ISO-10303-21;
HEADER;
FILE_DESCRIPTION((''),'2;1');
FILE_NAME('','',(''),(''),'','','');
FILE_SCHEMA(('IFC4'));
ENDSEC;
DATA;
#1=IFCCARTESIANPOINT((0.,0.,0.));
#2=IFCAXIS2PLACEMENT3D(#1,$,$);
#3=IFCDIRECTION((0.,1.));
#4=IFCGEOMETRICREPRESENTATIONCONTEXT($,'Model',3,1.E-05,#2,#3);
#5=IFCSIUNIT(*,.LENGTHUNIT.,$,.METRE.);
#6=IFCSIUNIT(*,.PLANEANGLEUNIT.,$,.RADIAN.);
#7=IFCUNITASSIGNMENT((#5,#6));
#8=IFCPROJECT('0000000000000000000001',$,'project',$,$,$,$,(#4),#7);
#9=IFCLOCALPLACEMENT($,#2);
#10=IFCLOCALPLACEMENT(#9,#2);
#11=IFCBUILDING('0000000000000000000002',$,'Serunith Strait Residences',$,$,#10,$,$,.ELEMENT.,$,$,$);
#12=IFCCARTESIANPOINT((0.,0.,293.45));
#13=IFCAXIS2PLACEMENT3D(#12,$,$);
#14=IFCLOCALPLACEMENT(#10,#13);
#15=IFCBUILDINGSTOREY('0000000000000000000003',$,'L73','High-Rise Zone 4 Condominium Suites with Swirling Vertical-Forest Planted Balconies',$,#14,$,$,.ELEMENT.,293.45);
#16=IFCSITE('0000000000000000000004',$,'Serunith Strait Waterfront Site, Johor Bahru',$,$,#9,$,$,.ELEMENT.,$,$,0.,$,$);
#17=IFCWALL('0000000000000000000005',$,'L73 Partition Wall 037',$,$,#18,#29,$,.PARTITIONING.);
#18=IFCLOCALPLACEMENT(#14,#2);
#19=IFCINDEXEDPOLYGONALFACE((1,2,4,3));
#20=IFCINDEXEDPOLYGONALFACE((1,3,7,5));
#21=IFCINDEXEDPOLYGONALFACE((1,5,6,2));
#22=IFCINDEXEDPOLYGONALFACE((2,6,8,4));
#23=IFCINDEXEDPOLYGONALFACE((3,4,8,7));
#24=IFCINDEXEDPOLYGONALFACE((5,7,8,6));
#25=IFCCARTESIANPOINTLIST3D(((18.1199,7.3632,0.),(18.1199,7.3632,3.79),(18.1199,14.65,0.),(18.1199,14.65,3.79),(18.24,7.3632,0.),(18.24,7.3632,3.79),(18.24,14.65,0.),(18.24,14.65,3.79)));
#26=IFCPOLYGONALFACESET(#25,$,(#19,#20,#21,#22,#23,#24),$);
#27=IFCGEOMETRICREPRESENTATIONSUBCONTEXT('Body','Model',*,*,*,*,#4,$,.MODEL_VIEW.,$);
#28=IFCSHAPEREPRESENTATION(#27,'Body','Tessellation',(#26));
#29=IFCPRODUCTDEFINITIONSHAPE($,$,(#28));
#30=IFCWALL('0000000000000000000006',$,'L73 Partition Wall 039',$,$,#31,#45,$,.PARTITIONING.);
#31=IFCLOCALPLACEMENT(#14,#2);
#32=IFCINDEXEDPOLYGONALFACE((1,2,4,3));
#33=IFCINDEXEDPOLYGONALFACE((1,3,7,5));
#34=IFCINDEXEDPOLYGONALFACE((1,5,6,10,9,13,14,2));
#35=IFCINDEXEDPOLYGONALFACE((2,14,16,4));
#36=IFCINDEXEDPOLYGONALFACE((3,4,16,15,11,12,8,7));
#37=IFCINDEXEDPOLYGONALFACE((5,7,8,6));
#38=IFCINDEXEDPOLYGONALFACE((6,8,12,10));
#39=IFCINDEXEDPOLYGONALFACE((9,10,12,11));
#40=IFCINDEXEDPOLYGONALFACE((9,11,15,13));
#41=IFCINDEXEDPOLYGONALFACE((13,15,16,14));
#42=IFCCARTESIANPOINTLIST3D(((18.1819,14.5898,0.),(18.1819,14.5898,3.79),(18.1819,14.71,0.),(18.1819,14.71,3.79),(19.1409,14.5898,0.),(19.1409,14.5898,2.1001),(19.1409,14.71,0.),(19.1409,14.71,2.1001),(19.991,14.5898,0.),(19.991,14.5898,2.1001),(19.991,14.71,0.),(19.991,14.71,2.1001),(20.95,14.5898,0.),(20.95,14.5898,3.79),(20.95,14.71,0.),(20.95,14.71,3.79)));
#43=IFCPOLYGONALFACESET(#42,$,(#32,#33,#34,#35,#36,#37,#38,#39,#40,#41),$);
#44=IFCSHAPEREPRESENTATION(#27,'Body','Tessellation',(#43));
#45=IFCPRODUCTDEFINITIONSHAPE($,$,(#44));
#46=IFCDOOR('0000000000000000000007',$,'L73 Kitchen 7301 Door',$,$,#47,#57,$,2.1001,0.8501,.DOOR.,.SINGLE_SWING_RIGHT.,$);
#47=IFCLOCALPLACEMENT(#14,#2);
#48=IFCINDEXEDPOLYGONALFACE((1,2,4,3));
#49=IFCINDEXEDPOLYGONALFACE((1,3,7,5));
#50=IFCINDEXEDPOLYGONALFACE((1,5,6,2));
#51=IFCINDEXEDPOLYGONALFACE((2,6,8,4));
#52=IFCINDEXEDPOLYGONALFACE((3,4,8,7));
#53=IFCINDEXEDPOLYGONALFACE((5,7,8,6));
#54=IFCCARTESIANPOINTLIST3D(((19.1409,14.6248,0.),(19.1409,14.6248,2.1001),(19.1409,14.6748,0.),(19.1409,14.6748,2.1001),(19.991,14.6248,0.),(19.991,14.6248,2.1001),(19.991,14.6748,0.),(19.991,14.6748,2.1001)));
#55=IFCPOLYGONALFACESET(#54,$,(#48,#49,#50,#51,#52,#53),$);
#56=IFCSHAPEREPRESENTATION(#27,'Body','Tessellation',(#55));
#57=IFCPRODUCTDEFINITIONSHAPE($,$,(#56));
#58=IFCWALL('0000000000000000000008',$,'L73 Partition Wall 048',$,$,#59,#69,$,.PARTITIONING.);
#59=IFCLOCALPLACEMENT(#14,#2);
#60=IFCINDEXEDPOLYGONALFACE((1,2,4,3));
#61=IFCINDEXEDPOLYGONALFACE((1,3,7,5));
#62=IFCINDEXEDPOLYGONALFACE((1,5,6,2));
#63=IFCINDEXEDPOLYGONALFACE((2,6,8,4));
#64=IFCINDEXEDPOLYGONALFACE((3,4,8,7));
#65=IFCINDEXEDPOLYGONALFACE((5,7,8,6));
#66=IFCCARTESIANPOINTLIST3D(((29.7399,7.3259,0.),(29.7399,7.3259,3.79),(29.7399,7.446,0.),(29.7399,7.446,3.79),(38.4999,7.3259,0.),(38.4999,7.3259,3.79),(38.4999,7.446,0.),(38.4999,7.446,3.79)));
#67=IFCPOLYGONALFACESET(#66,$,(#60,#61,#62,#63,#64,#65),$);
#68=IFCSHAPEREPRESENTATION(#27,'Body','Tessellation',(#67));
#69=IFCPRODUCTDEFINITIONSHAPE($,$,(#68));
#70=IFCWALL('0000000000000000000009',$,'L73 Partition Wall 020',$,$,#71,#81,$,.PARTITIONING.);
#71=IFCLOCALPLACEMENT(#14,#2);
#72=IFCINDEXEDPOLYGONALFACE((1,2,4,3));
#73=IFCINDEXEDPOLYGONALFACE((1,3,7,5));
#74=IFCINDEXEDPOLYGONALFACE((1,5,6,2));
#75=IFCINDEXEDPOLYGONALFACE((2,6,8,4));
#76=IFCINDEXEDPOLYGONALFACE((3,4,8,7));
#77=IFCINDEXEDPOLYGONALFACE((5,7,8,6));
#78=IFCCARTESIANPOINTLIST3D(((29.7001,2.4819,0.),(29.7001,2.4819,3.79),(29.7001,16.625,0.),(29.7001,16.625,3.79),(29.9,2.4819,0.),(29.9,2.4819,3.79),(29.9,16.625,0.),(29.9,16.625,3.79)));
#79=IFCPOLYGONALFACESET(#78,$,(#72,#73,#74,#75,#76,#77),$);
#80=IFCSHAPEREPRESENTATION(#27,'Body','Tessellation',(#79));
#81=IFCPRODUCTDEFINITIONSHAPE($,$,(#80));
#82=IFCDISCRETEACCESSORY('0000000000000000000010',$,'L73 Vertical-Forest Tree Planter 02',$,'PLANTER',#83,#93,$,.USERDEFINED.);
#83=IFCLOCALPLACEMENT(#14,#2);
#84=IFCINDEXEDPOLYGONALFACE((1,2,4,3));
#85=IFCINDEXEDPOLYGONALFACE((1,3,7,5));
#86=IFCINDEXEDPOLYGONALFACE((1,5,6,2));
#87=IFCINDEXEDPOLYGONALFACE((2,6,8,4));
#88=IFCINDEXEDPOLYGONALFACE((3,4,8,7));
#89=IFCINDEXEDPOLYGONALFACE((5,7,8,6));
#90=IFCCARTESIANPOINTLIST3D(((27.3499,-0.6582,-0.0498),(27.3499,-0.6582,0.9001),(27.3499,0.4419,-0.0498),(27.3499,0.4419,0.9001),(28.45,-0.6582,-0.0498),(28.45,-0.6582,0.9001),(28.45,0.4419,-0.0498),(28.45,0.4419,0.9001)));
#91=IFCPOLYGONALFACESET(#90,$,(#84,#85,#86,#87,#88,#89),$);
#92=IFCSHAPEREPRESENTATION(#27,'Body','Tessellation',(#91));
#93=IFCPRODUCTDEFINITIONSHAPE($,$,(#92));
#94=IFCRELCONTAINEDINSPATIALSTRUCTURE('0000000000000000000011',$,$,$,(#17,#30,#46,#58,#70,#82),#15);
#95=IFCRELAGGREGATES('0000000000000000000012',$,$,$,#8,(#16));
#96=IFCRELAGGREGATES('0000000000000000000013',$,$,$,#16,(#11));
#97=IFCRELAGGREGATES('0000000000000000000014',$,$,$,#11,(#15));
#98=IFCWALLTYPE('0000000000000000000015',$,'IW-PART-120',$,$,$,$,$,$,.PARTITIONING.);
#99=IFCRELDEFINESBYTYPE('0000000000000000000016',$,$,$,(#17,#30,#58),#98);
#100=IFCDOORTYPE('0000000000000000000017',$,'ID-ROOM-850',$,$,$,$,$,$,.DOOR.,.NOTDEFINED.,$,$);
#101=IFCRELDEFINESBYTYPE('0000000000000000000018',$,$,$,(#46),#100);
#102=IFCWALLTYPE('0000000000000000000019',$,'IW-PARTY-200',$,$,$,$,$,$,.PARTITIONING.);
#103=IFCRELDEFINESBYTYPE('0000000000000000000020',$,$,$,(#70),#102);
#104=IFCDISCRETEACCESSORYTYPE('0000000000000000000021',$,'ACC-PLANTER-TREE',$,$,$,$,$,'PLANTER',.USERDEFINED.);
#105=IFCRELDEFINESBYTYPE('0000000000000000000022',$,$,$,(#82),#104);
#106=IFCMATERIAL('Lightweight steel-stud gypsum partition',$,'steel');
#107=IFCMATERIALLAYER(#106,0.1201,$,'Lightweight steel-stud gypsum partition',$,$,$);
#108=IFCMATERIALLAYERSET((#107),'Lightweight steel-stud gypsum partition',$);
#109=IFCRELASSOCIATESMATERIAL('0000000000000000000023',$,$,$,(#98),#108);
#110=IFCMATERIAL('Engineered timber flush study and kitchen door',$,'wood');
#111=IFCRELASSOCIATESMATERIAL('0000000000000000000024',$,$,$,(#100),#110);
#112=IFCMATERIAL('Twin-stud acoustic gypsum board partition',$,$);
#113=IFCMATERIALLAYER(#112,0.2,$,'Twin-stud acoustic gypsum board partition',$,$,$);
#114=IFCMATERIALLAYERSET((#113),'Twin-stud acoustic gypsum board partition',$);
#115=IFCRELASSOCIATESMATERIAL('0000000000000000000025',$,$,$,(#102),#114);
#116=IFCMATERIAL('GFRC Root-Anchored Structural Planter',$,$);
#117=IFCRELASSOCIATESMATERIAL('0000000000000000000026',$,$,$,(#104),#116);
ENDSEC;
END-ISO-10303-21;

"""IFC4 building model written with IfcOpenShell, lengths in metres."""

from ifc_helpers import new_model, si_unit, direction, frame, frame_2d, origin, origin_2d, place, context, subcontext, project, spatial, rectangle, extrude, source, transform, mapped, material, layer, layer_set, type_object, element, fill, save


model = new_model("IFC4")

# Units and contexts
model_context = context("Model", 3, precision=1e-05, world=origin(), true_north=direction((0.0, 1.0)))
body_context = subcontext(model_context, "Body", "Model", "MODEL_VIEW")
ifc_project = project(units=[si_unit("LENGTHUNIT", "METRE"), si_unit("PLANEANGLEUNIT", "RADIAN")], contexts=[model_context])

# Site, building, storey
site_placement = place(None, origin())
site = spatial("IfcSite", under=ifc_project, at=site_placement, Name="Serunith Strait Waterfront Site, Johor Bahru", CompositionType="ELEMENT", RefElevation=0.0)
building_placement = place(site_placement, origin())
building = spatial("IfcBuilding", under=site, at=building_placement, Name="Serunith Strait Residences", CompositionType="ELEMENT")
storey_placement = place(building_placement, frame((0.0, 0.0, 293.45)))
storey = spatial("IfcBuildingStorey", under=building, at=storey_placement, Name="L73", Description="High-Rise Zone 4 Condominium Suites with Swirling Vertical-Forest Planted Balconies", CompositionType="ELEMENT", Elevation=293.45)

# Shared definitions
ifc_material_1 = material(Name="Lightweight steel-stud gypsum partition", Category="steel")
ifc_layer_1 = layer(ifc_material_1, 0.1201, Name="Lightweight steel-stud gypsum partition")
ifc_layer_set_1 = layer_set([ifc_layer_1], Name="Lightweight steel-stud gypsum partition")
wall_type_1 = type_object("IfcWallType", Name="IW-PART-120", PredefinedType="PARTITIONING", material=ifc_layer_set_1)

# Wall
wall_1_placement = place(storey_placement, frame((18.1799, 7.363, 0.0), z_axis=(0.0, 0.0, 1.0), x_axis=(0.0, 1.0, 0.0)))
element("IfcWall", 1, at=wall_1_placement, inside=storey, type_object=wall_type_1, Name="L73 Partition Wall 037", PredefinedType="PARTITIONING", context=body_context, shape_type="SweptSolid", body=[
    extrude(rectangle(XDim=7.2869, YDim=0.1201, at=frame_2d((3.6436, 0.0))), origin(), (0.0, 0.0, 1.0), 3.79),
])

# Wall, opening, door
wall_2_placement = place(storey_placement, frame((18.1819, 14.6499, 0.0), z_axis=(0.0, 0.0, 1.0), x_axis=(1.0, 0.0, 0.0)))
wall_2 = element("IfcWall", 2, at=wall_2_placement, inside=storey, type_object=wall_type_1, Name="L73 Partition Wall 039", PredefinedType="PARTITIONING", context=body_context, shape_type="SweptSolid", body=[
    extrude(rectangle(XDim=2.7681, YDim=0.1201, at=frame_2d((1.384, 0.0))), origin(), (0.0, 0.0, 1.0), 3.79),
])
opening_1_placement = place(wall_2_placement, frame((0.959, 0.0, 0.0)))
opening_1 = element("IfcOpeningElement", 3, at=opening_1_placement, cuts=wall_2, PredefinedType="OPENING", context=body_context, shape_type="SweptSolid", body=[
    extrude(rectangle(XDim=0.8501, YDim=2.1001, at=frame_2d((0.425, 1.05))), frame((0.0, 0.0701, 0.0), z_axis=(0.0, -1.0, 0.0), x_axis=(1.0, 0.0, 0.0)), (0.0, 0.0, 1.0), 0.1401),
])
ifc_material_2 = material(Name="Engineered timber flush study and kitchen door", Category="wood")
door_type_1 = type_object("IfcDoorType", Name="ID-ROOM-850", OperationType="NOTDEFINED", PredefinedType="DOOR", material=ifc_material_2)
shared_shape_1 = source(origin(), body_context, "Body", "SweptSolid", [
    extrude(rectangle(XDim=0.8501, YDim=2.1001, at=frame_2d((0.425, 1.05))), frame((0.0, 0.0249, 0.0), z_axis=(0.0, -1.0, 0.0), x_axis=(1.0, 0.0, 0.0)), (0.0, 0.0, 1.0), 0.05),
])
door_1_placement = place(opening_1_placement, origin())
door_1 = element("IfcDoor", 4, at=door_1_placement, inside=storey, type_object=door_type_1, Name="L73 Kitchen 7301 Door", OperationType="SINGLE_SWING_RIGHT", OverallHeight=2.1001, OverallWidth=0.8501, PredefinedType="DOOR", context=body_context, shape_type="MappedRepresentation", body=[
    mapped(shared_shape_1, transform((0.0, 0.0, 0.0), scale=1.0)),
])
fill(opening_1, door_1)

# Walls
wall_3_placement = place(storey_placement, frame((29.74, 7.386, 0.0), z_axis=(0.0, 0.0, 1.0), x_axis=(1.0, 0.0, 0.0)))
element("IfcWall", 5, at=wall_3_placement, inside=storey, type_object=wall_type_1, Name="L73 Partition Wall 048", PredefinedType="PARTITIONING", context=body_context, shape_type="SweptSolid", body=[
    extrude(rectangle(XDim=8.76, YDim=0.1201, at=frame_2d((4.3799, 0.0))), origin(), (0.0, 0.0, 1.0), 3.79),
])
ifc_material_3 = material(Name="Twin-stud acoustic gypsum board partition")
ifc_layer_2 = layer(ifc_material_3, 0.2, Name="Twin-stud acoustic gypsum board partition")
ifc_layer_set_2 = layer_set([ifc_layer_2], Name="Twin-stud acoustic gypsum board partition")
wall_type_2 = type_object("IfcWallType", Name="IW-PARTY-200", PredefinedType="PARTITIONING", material=ifc_layer_set_2)
wall_4_placement = place(storey_placement, frame((29.8, 2.4819, 0.0), z_axis=(0.0, 0.0, 1.0), x_axis=(0.0, 1.0, 0.0)))
element("IfcWall", 6, at=wall_4_placement, inside=storey, type_object=wall_type_2, Name="L73 Partition Wall 020", PredefinedType="PARTITIONING", context=body_context, shape_type="SweptSolid", body=[
    extrude(rectangle(XDim=14.1431, YDim=0.2, at=frame_2d((7.0715, 0.0))), origin(), (0.0, 0.0, 1.0), 3.79),
])

# Discrete accessory
ifc_material_4 = material(Name="GFRC Root-Anchored Structural Planter")
discrete_accessory_type = type_object("IfcDiscreteAccessoryType", Name="ACC-PLANTER-TREE", ElementType="PLANTER", PredefinedType="USERDEFINED", material=ifc_material_4)
shared_shape_2 = source(origin(), body_context, "Body", "SweptSolid", [
    extrude(rectangle(XDim=1.1001, YDim=1.1001, at=origin_2d()), origin(), (0.0, 0.0, 1.0), 0.95),
])
discrete_accessory_placement = place(storey_placement, frame((27.8999, -0.1082, -0.0498), z_axis=(0.0, 0.0, 1.0), x_axis=(1.0, 0.0, 0.0)))
element("IfcDiscreteAccessory", 7, at=discrete_accessory_placement, inside=storey, type_object=discrete_accessory_type, Name="L73 Vertical-Forest Tree Planter 02", ObjectType="PLANTER", PredefinedType="USERDEFINED", context=body_context, shape_type="MappedRepresentation", body=[
    mapped(shared_shape_2, transform((0.0, 0.0, 0.0), scale=1.0)),
])

save(model, "model.ifc")
